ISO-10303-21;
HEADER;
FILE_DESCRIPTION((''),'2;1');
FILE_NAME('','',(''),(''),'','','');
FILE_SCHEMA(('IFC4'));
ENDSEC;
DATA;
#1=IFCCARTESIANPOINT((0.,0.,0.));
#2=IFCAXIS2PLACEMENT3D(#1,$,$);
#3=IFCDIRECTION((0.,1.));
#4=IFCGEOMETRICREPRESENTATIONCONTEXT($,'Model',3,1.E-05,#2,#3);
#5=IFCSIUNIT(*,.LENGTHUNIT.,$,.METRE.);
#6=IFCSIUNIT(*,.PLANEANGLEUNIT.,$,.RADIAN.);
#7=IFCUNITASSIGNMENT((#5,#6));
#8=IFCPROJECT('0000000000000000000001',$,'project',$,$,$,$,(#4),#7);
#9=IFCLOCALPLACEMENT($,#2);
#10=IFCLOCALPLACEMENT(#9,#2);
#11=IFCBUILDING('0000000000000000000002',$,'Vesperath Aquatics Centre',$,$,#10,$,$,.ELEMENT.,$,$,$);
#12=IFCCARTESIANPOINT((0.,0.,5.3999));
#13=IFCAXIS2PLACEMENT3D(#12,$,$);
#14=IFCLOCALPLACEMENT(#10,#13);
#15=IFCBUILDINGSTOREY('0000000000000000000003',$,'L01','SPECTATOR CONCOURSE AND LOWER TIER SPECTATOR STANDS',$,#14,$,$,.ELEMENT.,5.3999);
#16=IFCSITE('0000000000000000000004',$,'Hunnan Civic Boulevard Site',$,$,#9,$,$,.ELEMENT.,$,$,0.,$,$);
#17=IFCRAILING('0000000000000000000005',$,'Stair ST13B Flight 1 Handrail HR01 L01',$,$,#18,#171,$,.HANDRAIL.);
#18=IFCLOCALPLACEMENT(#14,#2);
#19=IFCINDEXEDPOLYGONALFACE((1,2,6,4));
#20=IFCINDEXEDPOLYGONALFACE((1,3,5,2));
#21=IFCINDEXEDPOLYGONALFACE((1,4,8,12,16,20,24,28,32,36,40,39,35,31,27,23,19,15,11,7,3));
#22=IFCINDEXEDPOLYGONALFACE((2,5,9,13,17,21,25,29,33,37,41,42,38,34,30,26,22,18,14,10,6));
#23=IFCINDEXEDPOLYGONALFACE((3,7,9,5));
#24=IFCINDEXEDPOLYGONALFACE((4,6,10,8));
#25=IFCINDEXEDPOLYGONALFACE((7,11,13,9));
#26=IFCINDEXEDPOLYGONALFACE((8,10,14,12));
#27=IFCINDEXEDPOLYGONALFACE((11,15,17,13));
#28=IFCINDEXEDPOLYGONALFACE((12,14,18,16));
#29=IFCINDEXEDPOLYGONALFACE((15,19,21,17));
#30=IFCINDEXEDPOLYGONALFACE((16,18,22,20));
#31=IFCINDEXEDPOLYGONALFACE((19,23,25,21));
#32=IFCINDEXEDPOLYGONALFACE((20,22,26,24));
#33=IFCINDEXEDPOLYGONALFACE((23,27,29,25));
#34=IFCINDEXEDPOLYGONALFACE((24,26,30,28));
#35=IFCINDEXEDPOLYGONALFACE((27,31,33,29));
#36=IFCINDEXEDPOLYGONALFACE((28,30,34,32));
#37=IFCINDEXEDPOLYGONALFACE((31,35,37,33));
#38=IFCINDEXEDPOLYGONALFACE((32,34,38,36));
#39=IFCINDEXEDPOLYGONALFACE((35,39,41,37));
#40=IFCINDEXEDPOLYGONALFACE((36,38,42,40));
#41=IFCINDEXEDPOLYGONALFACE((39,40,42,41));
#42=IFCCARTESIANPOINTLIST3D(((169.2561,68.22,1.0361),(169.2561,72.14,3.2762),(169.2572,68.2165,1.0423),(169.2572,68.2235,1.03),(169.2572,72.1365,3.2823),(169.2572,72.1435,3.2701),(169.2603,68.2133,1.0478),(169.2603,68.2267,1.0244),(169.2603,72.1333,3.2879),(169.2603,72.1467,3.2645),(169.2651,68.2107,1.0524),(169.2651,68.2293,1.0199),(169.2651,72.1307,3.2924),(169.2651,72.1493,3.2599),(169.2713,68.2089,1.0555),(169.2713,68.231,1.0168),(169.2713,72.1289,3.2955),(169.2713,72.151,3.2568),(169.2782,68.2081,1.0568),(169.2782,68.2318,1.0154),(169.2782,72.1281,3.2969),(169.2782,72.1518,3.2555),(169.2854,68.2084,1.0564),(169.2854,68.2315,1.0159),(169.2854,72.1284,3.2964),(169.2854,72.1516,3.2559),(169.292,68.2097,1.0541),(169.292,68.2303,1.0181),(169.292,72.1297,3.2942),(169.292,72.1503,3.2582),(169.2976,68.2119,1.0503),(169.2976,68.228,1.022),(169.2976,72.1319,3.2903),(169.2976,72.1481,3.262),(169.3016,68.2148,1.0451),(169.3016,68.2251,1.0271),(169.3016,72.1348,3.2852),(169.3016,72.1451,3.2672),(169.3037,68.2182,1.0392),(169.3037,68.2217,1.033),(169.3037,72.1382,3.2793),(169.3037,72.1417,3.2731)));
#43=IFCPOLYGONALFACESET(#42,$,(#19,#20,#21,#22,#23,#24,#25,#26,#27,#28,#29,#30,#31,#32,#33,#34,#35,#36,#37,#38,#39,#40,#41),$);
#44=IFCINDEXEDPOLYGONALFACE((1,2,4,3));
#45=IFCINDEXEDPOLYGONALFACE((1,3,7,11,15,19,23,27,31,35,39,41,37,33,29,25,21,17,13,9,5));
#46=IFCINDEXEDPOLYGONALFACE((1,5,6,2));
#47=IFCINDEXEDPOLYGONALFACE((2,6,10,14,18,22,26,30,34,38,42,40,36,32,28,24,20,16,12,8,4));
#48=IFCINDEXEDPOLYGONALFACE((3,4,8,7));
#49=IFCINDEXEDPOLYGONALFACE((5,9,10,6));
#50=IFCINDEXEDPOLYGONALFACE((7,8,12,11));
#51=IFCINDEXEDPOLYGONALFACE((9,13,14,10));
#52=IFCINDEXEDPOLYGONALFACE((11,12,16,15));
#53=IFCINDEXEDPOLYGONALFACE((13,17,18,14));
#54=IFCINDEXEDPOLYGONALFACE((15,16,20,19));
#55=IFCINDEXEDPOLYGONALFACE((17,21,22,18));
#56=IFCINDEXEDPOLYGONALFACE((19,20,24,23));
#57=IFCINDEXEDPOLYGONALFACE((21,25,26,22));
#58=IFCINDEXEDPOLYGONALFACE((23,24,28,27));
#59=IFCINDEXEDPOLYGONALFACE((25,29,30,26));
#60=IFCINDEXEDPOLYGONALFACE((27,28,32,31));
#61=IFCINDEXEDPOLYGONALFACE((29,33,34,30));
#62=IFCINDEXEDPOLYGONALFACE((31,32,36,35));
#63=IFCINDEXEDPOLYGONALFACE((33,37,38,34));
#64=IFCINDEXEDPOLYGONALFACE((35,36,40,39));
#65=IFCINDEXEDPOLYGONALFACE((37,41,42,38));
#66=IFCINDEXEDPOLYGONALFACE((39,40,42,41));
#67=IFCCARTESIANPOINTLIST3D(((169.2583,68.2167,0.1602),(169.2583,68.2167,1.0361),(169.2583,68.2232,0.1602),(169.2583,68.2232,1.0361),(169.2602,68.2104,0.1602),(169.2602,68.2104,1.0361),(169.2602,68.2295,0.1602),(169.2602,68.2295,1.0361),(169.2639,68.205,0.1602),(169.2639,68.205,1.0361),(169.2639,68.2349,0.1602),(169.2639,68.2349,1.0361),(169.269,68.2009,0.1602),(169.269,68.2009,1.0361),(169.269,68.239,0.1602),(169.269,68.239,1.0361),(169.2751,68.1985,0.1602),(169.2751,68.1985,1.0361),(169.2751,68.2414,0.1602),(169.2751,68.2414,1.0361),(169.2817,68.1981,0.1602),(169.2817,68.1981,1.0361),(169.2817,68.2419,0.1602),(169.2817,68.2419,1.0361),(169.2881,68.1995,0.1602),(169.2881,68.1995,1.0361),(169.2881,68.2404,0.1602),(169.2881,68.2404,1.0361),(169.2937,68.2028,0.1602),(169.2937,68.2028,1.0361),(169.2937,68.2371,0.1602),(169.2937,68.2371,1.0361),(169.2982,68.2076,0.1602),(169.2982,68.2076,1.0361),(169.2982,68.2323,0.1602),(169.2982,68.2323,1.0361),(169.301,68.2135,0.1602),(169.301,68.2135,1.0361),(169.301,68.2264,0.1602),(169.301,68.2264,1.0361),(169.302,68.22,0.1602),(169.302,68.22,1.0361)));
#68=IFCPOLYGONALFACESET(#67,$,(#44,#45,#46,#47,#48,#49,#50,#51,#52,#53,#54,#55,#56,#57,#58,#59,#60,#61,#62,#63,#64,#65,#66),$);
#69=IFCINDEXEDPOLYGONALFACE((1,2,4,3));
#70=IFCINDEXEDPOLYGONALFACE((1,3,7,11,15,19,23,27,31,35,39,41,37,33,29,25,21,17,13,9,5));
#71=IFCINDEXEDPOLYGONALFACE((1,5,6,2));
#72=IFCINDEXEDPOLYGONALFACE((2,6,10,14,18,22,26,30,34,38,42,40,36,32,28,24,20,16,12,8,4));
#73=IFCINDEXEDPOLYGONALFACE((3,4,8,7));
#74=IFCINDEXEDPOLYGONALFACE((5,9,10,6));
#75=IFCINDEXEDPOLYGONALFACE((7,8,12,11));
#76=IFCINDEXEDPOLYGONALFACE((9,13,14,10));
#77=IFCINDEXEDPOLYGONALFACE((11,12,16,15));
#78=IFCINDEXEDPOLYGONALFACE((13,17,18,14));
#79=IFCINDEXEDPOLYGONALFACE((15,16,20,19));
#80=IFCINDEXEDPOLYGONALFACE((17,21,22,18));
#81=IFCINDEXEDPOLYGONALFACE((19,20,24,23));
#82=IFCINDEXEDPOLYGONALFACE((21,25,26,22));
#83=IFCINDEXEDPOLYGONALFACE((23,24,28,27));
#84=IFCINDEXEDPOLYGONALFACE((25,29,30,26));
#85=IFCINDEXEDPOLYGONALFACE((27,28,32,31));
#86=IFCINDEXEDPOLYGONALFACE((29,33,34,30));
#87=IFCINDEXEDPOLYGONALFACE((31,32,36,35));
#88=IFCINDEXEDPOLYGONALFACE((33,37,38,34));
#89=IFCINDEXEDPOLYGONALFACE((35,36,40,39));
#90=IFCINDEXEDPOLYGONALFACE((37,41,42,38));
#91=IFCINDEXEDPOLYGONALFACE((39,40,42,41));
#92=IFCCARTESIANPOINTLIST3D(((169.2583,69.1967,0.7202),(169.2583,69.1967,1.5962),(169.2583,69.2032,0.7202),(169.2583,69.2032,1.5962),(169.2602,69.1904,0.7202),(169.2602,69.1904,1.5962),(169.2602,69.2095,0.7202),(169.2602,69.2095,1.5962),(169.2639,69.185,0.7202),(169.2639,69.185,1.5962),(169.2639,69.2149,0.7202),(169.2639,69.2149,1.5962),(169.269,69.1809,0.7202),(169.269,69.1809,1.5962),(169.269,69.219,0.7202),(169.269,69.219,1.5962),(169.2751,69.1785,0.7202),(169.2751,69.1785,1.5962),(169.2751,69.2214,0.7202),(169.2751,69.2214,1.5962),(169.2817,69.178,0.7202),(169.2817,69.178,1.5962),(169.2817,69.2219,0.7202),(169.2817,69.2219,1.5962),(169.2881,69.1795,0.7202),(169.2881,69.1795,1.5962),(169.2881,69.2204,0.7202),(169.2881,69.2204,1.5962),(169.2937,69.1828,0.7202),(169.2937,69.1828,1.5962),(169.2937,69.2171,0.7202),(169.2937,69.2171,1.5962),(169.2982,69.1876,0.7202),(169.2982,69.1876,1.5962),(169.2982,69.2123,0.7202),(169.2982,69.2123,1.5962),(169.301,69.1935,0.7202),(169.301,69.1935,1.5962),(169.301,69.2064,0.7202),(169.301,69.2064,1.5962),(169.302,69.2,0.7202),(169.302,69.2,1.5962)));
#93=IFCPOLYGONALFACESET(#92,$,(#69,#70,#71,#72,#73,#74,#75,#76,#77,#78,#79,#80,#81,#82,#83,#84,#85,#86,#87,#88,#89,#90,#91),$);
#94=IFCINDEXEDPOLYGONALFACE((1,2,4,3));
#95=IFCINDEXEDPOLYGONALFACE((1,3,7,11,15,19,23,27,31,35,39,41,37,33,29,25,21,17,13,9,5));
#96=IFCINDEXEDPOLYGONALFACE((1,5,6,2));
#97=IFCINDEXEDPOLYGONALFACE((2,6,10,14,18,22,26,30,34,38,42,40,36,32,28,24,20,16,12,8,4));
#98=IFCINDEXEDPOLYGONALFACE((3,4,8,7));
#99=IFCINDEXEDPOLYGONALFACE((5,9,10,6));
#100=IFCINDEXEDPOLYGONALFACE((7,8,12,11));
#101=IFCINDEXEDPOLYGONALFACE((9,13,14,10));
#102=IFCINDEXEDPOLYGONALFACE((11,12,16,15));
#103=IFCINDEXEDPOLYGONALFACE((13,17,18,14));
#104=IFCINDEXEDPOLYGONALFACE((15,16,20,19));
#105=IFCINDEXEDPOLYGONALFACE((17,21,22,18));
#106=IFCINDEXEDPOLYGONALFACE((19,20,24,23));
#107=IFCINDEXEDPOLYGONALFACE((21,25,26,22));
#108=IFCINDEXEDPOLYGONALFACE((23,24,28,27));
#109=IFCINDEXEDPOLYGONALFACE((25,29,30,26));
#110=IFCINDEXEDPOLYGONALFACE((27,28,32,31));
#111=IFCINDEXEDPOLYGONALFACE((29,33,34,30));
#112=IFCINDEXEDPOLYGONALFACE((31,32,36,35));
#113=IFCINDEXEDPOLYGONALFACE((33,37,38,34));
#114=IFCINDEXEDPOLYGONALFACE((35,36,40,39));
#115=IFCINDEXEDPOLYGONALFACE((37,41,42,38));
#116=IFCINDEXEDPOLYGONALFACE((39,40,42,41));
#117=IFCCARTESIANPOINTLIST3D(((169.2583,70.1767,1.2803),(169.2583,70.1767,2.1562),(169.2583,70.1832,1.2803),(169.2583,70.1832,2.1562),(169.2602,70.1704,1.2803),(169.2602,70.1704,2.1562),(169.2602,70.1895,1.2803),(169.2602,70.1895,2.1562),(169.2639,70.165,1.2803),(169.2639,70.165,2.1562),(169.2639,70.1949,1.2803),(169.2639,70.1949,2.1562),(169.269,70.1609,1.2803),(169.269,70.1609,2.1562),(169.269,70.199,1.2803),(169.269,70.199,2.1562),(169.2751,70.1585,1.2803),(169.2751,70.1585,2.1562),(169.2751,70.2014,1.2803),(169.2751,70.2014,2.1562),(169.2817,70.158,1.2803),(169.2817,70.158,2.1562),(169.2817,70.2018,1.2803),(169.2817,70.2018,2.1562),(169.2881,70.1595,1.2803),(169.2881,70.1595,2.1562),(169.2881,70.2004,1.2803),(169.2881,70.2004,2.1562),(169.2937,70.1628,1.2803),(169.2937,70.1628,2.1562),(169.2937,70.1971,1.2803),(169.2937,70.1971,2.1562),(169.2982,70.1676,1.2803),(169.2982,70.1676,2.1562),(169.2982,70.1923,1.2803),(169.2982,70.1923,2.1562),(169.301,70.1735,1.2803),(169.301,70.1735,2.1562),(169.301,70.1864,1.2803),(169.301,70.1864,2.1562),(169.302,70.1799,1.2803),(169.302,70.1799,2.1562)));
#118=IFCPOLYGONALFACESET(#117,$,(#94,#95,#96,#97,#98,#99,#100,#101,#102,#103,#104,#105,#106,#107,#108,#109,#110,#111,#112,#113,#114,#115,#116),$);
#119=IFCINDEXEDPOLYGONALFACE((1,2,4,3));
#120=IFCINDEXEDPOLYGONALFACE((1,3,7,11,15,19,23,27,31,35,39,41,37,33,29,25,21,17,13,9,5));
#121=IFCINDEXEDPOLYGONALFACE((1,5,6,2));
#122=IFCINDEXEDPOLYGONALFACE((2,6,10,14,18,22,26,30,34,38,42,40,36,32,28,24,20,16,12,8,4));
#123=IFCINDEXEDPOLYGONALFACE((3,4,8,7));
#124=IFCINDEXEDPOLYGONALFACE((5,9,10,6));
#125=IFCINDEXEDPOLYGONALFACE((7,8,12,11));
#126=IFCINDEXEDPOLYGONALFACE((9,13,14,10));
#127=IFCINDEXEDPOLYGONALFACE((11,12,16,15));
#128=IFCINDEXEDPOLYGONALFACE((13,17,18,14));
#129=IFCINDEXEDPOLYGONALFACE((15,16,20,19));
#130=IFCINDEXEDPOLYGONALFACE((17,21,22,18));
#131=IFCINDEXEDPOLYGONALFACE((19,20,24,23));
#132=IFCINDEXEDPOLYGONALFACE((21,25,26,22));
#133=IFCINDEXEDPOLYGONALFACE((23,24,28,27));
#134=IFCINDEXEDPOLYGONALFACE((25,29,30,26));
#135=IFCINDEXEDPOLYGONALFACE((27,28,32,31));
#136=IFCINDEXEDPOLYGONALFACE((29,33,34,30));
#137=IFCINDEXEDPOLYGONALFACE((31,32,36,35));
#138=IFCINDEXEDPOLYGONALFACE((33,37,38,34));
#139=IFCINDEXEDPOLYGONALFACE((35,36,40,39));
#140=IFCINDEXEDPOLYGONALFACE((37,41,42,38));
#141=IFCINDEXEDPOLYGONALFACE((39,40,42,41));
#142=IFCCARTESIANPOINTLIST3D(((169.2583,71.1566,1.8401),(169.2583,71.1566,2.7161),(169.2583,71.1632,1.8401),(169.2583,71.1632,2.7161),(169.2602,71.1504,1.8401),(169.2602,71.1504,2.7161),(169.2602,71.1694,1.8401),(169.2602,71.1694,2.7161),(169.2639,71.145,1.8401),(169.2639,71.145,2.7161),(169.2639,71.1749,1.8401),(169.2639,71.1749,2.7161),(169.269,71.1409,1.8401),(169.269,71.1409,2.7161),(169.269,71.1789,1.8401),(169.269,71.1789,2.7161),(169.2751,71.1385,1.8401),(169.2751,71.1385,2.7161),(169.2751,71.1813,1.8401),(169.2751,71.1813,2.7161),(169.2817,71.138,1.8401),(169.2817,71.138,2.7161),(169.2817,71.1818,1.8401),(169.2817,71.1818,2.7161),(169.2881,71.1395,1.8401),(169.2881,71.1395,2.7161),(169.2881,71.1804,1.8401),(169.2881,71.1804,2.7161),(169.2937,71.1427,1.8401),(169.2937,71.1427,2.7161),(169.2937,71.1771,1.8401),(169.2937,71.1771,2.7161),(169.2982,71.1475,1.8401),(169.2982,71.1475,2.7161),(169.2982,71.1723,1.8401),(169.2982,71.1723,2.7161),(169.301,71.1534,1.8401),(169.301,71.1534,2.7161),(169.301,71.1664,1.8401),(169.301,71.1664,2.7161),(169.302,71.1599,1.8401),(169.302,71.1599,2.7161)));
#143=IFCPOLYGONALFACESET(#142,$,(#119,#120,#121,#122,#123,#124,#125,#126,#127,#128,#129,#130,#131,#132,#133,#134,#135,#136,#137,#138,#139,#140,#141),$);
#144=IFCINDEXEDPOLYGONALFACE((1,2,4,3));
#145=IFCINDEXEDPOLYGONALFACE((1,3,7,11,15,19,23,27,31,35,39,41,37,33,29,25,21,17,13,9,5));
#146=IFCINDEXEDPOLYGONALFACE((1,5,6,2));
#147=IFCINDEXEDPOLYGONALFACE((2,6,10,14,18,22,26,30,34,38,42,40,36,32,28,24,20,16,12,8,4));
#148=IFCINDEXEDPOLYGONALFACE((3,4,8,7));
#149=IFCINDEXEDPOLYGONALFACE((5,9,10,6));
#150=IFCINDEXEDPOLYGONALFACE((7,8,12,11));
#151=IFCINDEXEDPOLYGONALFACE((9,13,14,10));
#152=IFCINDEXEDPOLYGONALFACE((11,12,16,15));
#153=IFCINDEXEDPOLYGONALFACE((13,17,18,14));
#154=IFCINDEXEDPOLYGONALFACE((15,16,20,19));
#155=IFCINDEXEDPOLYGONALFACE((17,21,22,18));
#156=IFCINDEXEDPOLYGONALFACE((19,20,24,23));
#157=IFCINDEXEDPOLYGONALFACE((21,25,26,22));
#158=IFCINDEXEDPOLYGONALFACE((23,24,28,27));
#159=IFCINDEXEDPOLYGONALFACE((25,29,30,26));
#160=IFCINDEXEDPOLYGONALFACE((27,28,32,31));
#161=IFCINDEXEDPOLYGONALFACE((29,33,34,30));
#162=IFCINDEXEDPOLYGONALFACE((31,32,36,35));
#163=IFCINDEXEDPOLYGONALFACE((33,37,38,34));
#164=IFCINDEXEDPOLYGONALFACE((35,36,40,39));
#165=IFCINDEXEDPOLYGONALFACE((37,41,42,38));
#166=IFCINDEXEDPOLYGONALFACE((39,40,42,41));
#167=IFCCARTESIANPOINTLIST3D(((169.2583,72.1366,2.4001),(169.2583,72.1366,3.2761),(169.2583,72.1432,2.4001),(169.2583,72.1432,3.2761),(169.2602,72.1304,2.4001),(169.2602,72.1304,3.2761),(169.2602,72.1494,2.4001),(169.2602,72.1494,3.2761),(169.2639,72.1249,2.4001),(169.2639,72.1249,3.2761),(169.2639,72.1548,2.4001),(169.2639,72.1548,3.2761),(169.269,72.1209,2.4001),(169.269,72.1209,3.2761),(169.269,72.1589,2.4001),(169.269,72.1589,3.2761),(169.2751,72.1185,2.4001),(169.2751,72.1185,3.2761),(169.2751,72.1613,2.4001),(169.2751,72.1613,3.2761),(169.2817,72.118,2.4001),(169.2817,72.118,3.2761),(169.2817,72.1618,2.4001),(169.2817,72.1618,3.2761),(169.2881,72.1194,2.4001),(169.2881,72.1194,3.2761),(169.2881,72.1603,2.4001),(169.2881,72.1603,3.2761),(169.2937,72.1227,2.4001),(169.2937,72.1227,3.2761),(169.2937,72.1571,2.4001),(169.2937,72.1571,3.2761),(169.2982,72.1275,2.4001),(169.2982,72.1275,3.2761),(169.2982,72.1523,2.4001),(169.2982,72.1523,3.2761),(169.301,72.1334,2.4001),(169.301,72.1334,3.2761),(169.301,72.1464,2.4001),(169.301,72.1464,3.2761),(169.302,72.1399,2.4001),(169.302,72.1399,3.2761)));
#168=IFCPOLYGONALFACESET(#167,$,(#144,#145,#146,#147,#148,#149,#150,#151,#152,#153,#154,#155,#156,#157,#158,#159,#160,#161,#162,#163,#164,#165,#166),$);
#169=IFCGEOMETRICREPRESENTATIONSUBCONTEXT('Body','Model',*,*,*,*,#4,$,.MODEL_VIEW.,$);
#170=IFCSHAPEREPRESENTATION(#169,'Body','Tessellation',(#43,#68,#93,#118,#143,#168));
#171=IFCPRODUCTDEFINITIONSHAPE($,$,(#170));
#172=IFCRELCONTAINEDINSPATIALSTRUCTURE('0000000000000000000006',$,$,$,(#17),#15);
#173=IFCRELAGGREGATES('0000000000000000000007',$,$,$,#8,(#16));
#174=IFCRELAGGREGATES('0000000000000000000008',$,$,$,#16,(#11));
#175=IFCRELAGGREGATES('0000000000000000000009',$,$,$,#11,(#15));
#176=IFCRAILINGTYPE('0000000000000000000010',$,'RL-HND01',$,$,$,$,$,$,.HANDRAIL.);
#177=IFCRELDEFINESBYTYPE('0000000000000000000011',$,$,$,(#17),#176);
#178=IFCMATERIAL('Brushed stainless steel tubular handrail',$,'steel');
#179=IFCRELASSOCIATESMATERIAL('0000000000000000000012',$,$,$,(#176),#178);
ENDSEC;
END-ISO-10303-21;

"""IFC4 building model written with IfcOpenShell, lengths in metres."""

from ifc_helpers import new_model, si_unit, direction, frame, origin, origin_2d, place, context, subcontext, project, spatial, circle, extrude, material, type_object, element, save


model = new_model("IFC4")

# Units and contexts
model_context = context("Model", 3, precision=1e-05, world=origin(), true_north=direction((0.0, 1.0)))
body_context = subcontext(model_context, "Body", "Model", "MODEL_VIEW")
ifc_project = project(units=[si_unit("LENGTHUNIT", "METRE"), si_unit("PLANEANGLEUNIT", "RADIAN")], contexts=[model_context])

# Site, building, storey
site_placement = place(None, origin())
site = spatial("IfcSite", under=ifc_project, at=site_placement, Name="Hunnan Civic Boulevard Site", CompositionType="ELEMENT", RefElevation=0.0)
building_placement = place(site_placement, origin())
building = spatial("IfcBuilding", under=site, at=building_placement, Name="Vesperath Aquatics Centre", CompositionType="ELEMENT")
storey_placement = place(building_placement, frame((0.0, 0.0, 5.3999)))
storey = spatial("IfcBuildingStorey", under=building, at=storey_placement, Name="L01", Description="SPECTATOR CONCOURSE AND LOWER TIER SPECTATOR STANDS", CompositionType="ELEMENT", Elevation=5.3999)

# Railing
ifc_material_1 = material(Name="Brushed stainless steel tubular handrail", Category="steel")
railing_type_1 = type_object("IfcRailingType", Name="RL-HND01", PredefinedType="HANDRAIL", material=ifc_material_1)
railing_1_placement = place(storey_placement, frame((169.28, 68.22, 0.1602)))
element("IfcRailing", 1, at=railing_1_placement, inside=storey, type_object=railing_type_1, Name="Stair ST13B Flight 1 Handrail HR01 L01", PredefinedType="HANDRAIL", context=body_context, shape_type="SweptSolid", body=[
    extrude(circle(Radius=0.0239, at=origin_2d()), frame((0.0, 0.0, 0.876), z_axis=(0.0, 0.86824, 0.496145), x_axis=(-1.0, 0.0, 0.0)), (0.0, 0.0, 1.0), 4.5149),
    extrude(circle(Radius=0.022, at=origin_2d()), origin(), (0.0, 0.0, 1.0), 0.876),
    extrude(circle(Radius=0.022, at=origin_2d()), frame((0.0, 0.98, 0.5601)), (0.0, 0.0, 1.0), 0.876),
    extrude(circle(Radius=0.022, at=origin_2d()), frame((0.0, 1.96, 1.1201)), (0.0, 0.0, 1.0), 0.876),
    extrude(circle(Radius=0.022, at=origin_2d()), frame((0.0, 2.9399, 1.6799)), (0.0, 0.0, 1.0), 0.876),
    extrude(circle(Radius=0.022, at=origin_2d()), frame((0.0, 3.9199, 2.24)), (0.0, 0.0, 1.0), 0.876),
])

save(model, "model.ifc")
